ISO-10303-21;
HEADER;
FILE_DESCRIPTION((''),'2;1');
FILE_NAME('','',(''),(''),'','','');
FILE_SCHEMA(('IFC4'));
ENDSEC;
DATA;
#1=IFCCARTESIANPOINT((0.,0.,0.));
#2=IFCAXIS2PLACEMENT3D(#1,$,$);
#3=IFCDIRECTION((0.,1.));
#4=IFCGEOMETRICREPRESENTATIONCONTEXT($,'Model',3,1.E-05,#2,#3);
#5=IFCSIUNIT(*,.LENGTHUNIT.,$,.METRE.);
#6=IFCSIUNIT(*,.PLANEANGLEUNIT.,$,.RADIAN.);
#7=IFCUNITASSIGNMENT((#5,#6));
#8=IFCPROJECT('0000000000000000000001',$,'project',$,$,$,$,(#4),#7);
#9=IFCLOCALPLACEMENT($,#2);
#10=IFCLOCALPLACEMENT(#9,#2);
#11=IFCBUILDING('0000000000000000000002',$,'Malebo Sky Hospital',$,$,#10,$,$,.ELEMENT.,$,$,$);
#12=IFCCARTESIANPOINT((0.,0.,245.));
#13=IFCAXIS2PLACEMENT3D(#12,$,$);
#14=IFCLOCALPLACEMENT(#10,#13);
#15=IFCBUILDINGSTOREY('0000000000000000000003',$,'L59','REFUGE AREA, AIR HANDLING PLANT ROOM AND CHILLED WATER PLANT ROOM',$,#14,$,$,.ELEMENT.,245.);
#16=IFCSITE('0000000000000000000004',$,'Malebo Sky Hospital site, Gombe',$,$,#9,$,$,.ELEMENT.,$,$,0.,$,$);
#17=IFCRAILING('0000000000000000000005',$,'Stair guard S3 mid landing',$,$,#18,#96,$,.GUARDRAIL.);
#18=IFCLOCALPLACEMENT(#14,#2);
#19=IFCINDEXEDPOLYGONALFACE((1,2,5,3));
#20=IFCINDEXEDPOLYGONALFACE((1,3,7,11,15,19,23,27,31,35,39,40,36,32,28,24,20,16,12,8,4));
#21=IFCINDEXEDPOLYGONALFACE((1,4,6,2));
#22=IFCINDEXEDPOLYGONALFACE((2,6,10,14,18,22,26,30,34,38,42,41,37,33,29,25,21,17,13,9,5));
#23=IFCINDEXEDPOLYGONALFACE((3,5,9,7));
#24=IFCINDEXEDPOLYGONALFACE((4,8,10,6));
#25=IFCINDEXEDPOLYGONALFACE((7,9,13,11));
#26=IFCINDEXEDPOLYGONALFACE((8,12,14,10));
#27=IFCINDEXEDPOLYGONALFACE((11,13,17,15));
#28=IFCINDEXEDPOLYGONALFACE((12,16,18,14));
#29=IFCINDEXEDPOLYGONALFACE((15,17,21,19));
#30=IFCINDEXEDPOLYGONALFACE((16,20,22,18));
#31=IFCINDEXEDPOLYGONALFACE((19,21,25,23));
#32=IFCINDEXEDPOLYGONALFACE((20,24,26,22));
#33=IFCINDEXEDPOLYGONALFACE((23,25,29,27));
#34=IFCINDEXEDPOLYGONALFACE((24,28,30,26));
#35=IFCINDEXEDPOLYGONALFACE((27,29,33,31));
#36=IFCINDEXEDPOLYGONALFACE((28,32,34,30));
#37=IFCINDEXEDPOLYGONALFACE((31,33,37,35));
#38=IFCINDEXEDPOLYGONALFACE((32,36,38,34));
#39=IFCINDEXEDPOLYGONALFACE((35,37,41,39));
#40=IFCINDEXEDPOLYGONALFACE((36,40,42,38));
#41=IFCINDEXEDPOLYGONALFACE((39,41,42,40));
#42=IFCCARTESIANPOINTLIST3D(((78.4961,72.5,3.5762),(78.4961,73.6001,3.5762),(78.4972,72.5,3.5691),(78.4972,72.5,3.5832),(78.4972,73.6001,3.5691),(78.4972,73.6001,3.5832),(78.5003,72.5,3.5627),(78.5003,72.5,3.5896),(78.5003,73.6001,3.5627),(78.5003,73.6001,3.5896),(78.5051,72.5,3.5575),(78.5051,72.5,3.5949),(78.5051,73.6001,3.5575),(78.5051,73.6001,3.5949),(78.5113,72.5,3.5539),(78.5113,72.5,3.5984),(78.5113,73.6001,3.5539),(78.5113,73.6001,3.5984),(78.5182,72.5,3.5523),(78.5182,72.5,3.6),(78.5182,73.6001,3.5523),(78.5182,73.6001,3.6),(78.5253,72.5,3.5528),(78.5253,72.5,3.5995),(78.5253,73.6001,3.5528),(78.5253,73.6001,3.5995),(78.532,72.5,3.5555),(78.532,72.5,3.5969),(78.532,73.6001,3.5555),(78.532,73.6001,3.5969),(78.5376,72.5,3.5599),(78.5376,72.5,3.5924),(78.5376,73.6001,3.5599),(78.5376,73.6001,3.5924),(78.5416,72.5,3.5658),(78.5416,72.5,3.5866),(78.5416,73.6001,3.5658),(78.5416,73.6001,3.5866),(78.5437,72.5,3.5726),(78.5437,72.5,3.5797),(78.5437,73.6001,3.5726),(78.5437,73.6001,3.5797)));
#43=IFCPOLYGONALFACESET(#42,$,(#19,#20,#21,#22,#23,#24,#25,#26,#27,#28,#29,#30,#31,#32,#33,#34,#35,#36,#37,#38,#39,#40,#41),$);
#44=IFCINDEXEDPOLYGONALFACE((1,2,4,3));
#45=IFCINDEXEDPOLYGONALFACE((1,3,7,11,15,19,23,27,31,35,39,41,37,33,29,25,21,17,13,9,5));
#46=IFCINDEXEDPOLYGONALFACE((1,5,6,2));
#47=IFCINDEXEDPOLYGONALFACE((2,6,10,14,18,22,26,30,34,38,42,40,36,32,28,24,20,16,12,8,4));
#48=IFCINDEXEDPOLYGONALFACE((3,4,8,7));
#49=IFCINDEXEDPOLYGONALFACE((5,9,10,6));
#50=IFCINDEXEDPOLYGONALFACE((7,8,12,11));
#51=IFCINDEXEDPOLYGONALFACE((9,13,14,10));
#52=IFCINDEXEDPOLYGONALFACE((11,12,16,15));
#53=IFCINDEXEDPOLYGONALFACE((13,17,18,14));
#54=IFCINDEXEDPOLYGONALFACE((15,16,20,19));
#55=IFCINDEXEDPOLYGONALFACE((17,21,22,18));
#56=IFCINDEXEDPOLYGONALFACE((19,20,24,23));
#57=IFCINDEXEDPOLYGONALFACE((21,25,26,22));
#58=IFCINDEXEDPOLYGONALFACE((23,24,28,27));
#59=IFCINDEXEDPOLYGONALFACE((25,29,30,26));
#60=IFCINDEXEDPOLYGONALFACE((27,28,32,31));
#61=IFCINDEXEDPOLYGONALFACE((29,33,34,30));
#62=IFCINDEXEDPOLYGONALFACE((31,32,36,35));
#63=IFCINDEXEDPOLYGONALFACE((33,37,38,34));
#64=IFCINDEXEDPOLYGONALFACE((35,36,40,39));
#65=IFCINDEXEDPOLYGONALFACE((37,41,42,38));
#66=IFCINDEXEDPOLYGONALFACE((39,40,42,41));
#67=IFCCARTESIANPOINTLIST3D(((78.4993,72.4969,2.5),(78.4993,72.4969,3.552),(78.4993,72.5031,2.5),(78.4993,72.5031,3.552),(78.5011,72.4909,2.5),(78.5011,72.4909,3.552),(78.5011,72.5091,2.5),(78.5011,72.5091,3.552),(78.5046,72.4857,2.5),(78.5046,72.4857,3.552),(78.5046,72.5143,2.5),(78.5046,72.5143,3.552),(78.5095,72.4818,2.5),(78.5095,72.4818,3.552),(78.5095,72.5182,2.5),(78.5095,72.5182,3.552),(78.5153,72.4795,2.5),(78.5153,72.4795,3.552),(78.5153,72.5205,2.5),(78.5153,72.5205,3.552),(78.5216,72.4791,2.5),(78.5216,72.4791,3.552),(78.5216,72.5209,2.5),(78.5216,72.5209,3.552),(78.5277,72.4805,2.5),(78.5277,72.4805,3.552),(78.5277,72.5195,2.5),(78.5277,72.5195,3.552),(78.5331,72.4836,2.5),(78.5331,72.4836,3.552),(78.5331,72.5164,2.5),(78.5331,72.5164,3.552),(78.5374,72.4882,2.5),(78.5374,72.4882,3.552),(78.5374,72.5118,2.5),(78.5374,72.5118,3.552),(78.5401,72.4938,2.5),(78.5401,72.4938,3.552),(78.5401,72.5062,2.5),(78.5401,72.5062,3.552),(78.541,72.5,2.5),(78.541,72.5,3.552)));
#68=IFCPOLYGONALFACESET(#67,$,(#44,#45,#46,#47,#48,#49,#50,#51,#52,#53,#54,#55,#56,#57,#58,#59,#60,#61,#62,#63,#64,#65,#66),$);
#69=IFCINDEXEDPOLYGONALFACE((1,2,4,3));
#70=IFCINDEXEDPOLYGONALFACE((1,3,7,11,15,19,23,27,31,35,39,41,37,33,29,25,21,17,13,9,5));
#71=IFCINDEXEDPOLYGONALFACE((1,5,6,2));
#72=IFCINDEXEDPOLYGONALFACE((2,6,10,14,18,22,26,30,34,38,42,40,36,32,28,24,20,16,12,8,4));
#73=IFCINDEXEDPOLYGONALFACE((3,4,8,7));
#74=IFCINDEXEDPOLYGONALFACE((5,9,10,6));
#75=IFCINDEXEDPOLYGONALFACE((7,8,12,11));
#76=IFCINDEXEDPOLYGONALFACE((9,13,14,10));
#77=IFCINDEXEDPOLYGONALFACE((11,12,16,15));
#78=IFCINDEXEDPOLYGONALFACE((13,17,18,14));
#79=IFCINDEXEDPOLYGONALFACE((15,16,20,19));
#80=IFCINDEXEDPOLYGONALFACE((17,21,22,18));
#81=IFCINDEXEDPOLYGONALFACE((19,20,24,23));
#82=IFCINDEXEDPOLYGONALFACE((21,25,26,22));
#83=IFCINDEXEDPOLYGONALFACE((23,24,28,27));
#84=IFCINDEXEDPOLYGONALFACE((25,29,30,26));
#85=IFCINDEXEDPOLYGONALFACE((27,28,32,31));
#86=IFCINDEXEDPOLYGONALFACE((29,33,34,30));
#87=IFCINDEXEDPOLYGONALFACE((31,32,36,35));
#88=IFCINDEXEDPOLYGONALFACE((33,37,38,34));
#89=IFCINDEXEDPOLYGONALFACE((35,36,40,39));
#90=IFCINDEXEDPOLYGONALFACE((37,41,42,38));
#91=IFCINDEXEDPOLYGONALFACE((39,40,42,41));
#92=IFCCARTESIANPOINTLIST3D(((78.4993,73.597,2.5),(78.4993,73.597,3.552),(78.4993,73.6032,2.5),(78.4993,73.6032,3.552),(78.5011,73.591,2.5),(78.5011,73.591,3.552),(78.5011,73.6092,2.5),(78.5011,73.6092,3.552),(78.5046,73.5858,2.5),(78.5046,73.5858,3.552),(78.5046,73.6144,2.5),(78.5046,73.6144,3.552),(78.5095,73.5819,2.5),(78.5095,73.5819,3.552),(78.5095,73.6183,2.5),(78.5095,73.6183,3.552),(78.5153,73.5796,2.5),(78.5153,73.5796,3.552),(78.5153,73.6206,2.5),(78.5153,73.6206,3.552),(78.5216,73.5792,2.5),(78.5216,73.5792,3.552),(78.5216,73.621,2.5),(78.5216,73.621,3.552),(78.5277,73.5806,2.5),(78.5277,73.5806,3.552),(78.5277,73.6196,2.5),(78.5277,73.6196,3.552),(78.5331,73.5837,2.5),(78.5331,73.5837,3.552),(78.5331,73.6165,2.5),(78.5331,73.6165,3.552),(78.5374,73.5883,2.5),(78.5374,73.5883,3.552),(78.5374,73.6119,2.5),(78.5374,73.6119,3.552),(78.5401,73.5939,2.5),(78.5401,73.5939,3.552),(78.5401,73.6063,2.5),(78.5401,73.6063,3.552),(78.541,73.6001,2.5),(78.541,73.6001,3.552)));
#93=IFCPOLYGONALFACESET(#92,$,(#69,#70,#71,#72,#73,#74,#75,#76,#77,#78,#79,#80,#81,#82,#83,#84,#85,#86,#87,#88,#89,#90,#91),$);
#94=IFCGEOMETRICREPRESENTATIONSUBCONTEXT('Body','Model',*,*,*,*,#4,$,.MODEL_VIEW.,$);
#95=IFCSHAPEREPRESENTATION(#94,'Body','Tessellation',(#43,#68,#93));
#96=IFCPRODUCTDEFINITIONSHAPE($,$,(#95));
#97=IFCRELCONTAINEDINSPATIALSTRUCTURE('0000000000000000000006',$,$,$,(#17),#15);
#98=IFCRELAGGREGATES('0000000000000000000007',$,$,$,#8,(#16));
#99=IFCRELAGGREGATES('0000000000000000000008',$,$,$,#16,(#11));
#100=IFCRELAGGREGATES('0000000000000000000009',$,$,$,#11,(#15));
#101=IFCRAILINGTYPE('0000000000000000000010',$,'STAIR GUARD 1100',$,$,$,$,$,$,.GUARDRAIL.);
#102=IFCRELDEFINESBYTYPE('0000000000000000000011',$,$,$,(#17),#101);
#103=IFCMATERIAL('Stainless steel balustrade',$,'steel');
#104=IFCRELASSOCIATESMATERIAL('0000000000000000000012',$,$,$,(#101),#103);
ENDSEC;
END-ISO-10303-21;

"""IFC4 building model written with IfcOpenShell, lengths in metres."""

from ifc_helpers import new_model, si_unit, direction, frame, origin, origin_2d, place, context, subcontext, project, spatial, circle, extrude, material, type_object, element, save


model = new_model("IFC4")

# Units and contexts
model_context = context("Model", 3, precision=1e-05, world=origin(), true_north=direction((0.0, 1.0)))
body_context = subcontext(model_context, "Body", "Model", "MODEL_VIEW")
ifc_project = project(units=[si_unit("LENGTHUNIT", "METRE"), si_unit("PLANEANGLEUNIT", "RADIAN")], contexts=[model_context])

# Site, building, storey
site_placement = place(None, origin())
site = spatial("IfcSite", under=ifc_project, at=site_placement, Name="Malebo Sky Hospital site, Gombe", CompositionType="ELEMENT", RefElevation=0.0)
building_placement = place(site_placement, origin())
building = spatial("IfcBuilding", under=site, at=building_placement, Name="Malebo Sky Hospital", CompositionType="ELEMENT")
storey_placement = place(building_placement, frame((0.0, 0.0, 245.0)))
storey = spatial("IfcBuildingStorey", under=building, at=storey_placement, Name="L59", Description="REFUGE AREA, AIR HANDLING PLANT ROOM AND CHILLED WATER PLANT ROOM", CompositionType="ELEMENT", Elevation=245.0)

# Railing
ifc_material_1 = material(Name="Stainless steel balustrade", Category="steel")
railing_type_1 = type_object("IfcRailingType", Name="STAIR GUARD 1100", PredefinedType="GUARDRAIL", material=ifc_material_1)
railing_1_placement = place(storey_placement, frame((78.52, 72.5, 2.5)))
element("IfcRailing", 1, at=railing_1_placement, inside=storey, type_object=railing_type_1, Name="Stair guard S3 mid landing", PredefinedType="GUARDRAIL", context=body_context, shape_type="SweptSolid", body=[
    extrude(circle(Radius=0.0239, at=origin_2d()), frame((0.0, 0.0, 1.0762), z_axis=(0.0, 1.0, 0.0), x_axis=(-1.0, 0.0, 0.0)), (0.0, 0.0, 1.0), 1.1001),
    extrude(circle(Radius=0.021, at=origin_2d()), origin(), (0.0, 0.0, 1.0), 1.052),
    extrude(circle(Radius=0.021, at=origin_2d()), frame((0.0, 1.1001, 0.0)), (0.0, 0.0, 1.0), 1.052),
])

save(model, "model.ifc")
